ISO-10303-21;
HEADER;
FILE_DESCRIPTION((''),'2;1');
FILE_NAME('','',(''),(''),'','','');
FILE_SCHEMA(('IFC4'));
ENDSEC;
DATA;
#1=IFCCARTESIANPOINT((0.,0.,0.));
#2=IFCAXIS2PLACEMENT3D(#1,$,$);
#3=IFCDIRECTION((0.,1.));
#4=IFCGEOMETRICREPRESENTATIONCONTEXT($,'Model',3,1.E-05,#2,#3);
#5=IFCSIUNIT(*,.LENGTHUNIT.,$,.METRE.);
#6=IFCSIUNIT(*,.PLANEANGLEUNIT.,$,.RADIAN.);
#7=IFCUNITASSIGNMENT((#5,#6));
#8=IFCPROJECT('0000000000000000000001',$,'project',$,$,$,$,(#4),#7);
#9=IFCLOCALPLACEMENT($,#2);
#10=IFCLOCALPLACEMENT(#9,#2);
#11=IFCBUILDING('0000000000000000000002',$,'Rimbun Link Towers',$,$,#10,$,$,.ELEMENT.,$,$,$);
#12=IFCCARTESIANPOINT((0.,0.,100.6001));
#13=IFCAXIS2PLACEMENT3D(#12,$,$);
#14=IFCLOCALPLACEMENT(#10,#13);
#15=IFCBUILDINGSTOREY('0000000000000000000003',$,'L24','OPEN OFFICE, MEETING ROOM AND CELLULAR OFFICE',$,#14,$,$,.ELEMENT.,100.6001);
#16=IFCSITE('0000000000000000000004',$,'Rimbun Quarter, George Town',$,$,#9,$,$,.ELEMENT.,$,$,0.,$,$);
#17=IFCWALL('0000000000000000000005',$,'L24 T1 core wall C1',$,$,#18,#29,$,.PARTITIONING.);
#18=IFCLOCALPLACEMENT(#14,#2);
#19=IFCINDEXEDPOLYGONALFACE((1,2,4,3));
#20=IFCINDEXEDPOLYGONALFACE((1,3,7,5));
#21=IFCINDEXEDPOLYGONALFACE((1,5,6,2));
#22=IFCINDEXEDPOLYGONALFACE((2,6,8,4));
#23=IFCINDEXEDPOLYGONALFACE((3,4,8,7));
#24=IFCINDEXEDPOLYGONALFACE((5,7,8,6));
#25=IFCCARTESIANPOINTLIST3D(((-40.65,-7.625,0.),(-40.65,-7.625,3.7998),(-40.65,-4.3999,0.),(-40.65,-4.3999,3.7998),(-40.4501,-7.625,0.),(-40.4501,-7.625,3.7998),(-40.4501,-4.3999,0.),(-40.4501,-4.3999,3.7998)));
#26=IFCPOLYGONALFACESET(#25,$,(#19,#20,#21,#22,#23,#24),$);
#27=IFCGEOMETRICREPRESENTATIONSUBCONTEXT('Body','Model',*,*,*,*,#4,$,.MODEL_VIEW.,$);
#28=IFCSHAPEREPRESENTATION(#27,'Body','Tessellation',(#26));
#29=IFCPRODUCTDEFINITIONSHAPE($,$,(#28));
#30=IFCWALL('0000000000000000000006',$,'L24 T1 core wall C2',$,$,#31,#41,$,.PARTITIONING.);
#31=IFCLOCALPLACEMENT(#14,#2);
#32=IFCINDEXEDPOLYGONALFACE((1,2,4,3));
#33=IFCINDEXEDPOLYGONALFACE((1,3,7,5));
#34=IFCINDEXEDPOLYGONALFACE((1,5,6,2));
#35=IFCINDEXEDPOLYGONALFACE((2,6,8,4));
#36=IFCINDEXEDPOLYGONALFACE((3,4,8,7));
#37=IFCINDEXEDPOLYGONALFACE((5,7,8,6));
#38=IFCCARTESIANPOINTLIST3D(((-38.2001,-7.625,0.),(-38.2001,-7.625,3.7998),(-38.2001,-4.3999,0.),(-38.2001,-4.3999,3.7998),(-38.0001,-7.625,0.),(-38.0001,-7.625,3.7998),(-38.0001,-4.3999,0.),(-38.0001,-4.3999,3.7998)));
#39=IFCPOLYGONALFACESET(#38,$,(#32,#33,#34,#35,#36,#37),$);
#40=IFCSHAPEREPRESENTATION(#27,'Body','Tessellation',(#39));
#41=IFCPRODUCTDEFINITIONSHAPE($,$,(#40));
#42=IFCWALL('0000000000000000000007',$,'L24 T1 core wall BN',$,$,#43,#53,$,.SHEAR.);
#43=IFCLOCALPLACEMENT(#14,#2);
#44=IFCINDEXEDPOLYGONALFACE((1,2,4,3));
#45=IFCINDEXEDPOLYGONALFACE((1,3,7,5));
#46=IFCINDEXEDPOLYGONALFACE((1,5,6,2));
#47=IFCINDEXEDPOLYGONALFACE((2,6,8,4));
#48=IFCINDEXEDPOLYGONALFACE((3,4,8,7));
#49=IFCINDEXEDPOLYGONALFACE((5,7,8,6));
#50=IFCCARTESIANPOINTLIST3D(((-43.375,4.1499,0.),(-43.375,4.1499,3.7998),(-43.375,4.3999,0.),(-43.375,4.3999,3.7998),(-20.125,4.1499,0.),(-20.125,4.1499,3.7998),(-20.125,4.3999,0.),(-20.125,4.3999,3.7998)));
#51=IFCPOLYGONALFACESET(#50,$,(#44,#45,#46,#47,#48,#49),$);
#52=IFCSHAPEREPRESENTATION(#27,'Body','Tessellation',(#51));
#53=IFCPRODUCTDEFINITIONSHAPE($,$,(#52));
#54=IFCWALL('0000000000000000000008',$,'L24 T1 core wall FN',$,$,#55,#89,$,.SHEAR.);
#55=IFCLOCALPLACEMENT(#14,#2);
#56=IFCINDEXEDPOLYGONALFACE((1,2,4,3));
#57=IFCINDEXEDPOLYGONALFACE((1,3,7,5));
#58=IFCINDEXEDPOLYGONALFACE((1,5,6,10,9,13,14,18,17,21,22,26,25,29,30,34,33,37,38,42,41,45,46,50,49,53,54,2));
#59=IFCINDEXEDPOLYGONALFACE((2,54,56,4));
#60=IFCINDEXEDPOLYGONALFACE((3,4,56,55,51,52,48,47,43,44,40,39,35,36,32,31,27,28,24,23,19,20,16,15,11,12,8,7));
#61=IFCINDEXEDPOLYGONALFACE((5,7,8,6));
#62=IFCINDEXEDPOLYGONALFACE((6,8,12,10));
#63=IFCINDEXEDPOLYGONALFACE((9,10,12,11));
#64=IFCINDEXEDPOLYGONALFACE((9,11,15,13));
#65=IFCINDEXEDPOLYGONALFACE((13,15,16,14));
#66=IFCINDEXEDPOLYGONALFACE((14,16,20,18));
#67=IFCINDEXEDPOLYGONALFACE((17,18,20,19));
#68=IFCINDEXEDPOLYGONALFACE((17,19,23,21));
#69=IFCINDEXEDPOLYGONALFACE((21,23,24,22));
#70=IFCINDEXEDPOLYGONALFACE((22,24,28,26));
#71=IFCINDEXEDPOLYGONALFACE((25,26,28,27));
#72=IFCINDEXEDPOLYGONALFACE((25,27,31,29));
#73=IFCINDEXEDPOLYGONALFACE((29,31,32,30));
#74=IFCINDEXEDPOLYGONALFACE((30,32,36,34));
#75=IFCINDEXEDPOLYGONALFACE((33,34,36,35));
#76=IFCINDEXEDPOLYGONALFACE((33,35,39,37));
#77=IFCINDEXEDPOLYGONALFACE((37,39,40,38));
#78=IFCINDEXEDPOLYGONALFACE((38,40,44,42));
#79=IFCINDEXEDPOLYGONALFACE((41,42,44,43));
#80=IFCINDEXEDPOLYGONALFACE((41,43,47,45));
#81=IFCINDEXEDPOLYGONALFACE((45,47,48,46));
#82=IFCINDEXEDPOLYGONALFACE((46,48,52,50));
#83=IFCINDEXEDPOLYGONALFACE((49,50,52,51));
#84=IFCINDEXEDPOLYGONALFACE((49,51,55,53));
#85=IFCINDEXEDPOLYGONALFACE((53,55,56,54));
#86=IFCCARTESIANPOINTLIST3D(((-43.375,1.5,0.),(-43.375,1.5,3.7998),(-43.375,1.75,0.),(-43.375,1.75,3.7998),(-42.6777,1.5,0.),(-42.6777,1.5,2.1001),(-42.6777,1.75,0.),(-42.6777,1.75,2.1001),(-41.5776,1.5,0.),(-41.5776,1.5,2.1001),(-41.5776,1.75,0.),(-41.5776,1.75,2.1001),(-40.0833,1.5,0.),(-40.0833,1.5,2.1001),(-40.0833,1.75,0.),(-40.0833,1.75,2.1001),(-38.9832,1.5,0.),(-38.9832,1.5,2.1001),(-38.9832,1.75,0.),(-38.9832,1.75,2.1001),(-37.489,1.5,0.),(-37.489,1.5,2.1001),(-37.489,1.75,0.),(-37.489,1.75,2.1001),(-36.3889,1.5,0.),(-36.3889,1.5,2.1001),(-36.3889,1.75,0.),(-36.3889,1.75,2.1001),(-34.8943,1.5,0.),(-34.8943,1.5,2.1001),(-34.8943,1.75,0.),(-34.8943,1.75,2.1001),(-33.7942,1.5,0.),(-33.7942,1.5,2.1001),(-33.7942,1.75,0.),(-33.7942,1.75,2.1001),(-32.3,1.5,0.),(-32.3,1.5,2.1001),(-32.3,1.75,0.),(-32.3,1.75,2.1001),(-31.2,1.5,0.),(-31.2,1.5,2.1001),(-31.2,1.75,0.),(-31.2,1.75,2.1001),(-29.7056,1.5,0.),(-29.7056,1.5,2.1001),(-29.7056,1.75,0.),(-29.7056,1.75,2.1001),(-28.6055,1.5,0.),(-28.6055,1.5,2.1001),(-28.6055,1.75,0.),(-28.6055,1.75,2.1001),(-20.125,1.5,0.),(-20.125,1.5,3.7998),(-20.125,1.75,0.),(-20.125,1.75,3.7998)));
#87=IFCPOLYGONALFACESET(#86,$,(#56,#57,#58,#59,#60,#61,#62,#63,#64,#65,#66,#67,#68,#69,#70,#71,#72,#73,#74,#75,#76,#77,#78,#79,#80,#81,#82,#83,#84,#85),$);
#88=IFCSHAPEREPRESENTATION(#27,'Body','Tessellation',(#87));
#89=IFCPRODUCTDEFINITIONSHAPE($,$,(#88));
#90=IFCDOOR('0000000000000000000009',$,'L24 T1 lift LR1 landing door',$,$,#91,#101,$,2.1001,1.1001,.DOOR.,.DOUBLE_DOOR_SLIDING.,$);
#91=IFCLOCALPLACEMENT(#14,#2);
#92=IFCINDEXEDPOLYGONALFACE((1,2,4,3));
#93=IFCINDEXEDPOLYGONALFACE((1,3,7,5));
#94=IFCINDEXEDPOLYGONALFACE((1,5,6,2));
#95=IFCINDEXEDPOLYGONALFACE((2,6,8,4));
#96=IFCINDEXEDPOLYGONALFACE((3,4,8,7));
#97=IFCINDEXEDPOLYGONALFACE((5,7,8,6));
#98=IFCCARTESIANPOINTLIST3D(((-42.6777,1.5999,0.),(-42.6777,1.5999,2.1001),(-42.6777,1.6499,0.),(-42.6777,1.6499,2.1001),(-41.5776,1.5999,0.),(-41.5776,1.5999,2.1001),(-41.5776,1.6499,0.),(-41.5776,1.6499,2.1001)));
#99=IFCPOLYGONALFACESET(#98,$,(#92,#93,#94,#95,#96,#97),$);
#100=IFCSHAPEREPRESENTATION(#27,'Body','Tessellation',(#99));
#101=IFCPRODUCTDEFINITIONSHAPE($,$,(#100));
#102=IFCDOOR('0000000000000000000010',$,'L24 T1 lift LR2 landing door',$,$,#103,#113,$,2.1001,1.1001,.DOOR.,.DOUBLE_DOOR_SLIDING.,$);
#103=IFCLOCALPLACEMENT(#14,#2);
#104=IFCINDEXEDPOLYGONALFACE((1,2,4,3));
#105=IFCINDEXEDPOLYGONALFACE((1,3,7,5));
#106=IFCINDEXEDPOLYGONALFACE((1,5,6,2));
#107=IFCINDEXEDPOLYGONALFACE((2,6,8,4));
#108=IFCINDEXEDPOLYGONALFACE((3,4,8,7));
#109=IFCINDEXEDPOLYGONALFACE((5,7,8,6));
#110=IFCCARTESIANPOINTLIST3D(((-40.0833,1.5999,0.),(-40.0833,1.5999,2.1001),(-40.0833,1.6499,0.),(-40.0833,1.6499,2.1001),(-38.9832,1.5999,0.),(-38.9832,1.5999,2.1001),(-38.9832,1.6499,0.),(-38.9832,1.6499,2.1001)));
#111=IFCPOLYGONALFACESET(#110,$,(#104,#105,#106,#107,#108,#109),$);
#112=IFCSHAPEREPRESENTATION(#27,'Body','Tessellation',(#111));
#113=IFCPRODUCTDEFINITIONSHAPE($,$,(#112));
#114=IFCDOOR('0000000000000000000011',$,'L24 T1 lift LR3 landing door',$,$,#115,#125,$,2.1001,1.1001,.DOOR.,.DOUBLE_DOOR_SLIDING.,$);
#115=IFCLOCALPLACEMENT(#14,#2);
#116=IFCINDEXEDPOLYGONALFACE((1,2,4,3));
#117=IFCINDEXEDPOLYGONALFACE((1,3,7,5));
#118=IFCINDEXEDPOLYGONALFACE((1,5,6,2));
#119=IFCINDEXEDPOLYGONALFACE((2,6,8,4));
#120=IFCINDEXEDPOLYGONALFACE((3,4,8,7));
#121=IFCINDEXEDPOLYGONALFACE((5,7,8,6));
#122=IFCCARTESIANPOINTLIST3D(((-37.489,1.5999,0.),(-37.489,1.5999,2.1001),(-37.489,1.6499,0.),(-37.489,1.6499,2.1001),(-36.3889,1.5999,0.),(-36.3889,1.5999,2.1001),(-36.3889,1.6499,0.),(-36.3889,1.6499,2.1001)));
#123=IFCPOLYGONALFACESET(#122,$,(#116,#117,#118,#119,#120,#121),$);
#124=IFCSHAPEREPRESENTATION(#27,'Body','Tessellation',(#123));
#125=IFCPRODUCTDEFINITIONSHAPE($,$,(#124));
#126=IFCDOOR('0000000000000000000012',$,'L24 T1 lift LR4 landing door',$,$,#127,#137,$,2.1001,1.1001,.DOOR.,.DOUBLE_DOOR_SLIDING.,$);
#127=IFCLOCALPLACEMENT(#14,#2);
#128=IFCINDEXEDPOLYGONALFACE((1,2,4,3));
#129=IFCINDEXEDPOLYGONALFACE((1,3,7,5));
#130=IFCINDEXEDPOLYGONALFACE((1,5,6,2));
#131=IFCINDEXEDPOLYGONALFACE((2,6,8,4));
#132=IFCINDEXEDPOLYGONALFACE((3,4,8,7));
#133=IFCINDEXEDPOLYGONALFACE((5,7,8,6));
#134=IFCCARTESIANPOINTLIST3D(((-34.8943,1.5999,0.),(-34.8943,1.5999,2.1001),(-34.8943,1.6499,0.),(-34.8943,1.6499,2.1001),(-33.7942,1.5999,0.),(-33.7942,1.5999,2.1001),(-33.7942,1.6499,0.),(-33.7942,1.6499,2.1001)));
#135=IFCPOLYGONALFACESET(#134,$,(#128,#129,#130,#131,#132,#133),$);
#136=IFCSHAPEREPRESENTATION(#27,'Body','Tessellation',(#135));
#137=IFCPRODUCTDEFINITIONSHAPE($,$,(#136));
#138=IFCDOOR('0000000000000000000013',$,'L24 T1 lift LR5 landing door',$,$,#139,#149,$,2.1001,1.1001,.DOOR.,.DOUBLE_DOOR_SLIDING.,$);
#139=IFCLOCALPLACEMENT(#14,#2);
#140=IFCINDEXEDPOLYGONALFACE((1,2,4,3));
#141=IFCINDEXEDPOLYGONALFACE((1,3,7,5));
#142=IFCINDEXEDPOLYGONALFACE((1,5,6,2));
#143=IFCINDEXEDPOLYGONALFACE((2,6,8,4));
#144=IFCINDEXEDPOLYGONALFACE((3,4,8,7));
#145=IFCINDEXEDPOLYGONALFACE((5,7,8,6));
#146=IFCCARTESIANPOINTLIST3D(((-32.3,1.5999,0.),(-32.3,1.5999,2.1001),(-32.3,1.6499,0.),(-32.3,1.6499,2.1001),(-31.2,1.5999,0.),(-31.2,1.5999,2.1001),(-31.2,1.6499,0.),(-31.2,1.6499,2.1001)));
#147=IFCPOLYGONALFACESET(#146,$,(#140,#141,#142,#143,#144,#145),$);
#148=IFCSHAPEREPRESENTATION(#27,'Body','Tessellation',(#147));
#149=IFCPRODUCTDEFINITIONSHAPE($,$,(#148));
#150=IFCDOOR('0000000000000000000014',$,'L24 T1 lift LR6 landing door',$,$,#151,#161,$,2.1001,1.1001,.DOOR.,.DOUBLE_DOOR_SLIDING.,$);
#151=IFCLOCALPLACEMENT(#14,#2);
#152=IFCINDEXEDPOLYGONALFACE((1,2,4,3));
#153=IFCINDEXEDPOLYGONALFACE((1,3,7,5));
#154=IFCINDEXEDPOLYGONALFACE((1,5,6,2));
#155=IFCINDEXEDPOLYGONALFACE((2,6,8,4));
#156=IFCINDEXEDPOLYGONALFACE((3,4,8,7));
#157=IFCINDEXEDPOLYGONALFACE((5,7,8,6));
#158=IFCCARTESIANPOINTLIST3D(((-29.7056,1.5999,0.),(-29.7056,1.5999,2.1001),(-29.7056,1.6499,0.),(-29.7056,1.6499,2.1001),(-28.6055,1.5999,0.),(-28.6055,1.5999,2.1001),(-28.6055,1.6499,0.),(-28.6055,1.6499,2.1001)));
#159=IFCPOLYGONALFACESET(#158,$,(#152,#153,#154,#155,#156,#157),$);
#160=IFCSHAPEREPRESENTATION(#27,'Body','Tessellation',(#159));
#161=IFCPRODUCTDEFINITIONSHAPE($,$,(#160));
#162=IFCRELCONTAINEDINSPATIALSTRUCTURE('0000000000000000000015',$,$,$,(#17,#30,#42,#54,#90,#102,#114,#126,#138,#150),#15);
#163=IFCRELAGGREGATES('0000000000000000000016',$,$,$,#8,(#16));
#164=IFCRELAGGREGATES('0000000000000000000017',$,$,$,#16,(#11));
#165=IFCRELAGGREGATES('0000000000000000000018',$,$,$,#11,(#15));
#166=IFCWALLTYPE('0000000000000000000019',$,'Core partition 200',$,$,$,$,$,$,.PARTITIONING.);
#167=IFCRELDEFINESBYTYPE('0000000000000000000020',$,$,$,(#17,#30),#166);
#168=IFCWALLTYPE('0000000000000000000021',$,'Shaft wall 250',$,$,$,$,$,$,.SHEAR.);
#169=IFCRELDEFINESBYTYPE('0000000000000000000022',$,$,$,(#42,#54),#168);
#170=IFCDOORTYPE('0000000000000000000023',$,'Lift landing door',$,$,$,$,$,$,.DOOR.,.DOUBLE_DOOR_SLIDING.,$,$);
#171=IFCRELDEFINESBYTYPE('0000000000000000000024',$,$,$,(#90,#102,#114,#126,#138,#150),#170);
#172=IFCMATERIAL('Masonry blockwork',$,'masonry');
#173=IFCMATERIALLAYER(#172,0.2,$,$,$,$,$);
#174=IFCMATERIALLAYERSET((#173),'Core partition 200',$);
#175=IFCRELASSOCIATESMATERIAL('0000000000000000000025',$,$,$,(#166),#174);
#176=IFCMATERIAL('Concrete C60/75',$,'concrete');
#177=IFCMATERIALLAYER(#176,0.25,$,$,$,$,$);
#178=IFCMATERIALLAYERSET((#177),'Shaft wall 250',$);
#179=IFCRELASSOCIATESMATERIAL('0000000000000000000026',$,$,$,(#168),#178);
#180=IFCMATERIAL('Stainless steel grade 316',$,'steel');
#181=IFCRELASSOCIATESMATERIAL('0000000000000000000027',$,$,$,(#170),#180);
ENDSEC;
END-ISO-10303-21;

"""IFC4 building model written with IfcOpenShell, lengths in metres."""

from ifc_helpers import new_model, si_unit, direction, frame, frame_2d, origin, place, context, subcontext, project, spatial, rectangle, extrude, material, layer, layer_set, type_object, element, fill, save


model = new_model("IFC4")

# Units and contexts
model_context = context("Model", 3, precision=1e-05, world=origin(), true_north=direction((0.0, 1.0)))
body_context = subcontext(model_context, "Body", "Model", "MODEL_VIEW")
ifc_project = project(units=[si_unit("LENGTHUNIT", "METRE"), si_unit("PLANEANGLEUNIT", "RADIAN")], contexts=[model_context])

# Site, building, storey
site_placement = place(None, origin())
site = spatial("IfcSite", under=ifc_project, at=site_placement, Name="Rimbun Quarter, George Town", CompositionType="ELEMENT", RefElevation=0.0)
building_placement = place(site_placement, origin())
building = spatial("IfcBuilding", under=site, at=building_placement, Name="Rimbun Link Towers", CompositionType="ELEMENT")
storey_placement = place(building_placement, frame((0.0, 0.0, 100.6001)))
storey = spatial("IfcBuildingStorey", under=building, at=storey_placement, Name="L24", Description="OPEN OFFICE, MEETING ROOM AND CELLULAR OFFICE", CompositionType="ELEMENT", Elevation=100.6001)

# Walls
ifc_material_1 = material(Name="Masonry blockwork", Category="masonry")
ifc_layer_1 = layer(ifc_material_1, 0.2)
ifc_layer_set_1 = layer_set([ifc_layer_1], Name="Core partition 200")
wall_type_1 = type_object("IfcWallType", Name="Core partition 200", PredefinedType="PARTITIONING", material=ifc_layer_set_1)
for number, where, z_axis, x_axis, name in (
    (1, (-40.55, -4.3999, 0.0), (0.0, 0.0, 1.0), (0.0, -1.0, 0.0), "L24 T1 core wall C1"),
    (2, (-38.1001, -4.3999, 0.0), (0.0, 0.0, 1.0), (0.0, -1.0, 0.0), "L24 T1 core wall C2"),
):
    element("IfcWall", number, at=place(storey_placement, frame(where, z_axis=z_axis, x_axis=x_axis)), inside=storey, type_object=wall_type_1, Name=name, PredefinedType="PARTITIONING", context=body_context, shape_type="SweptSolid", body=[
        extrude(rectangle(XDim=3.2251, YDim=0.2, at=frame_2d((1.6125, 0.0))), origin(), (0.0, 0.0, 1.0), 3.7998),
    ])
ifc_material_2 = material(Name="Concrete C60/75", Category="concrete")
ifc_layer_2 = layer(ifc_material_2, 0.25)
ifc_layer_set_2 = layer_set([ifc_layer_2], Name="Shaft wall 250")
wall_type_2 = type_object("IfcWallType", Name="Shaft wall 250", PredefinedType="SHEAR", material=ifc_layer_set_2)
wall_1_placement = place(storey_placement, frame((-43.375, 4.2749, 0.0), z_axis=(0.0, 0.0, 1.0), x_axis=(1.0, 0.0, 0.0)))
element("IfcWall", 3, at=wall_1_placement, inside=storey, type_object=wall_type_2, Name="L24 T1 core wall BN", PredefinedType="SHEAR", context=body_context, shape_type="SweptSolid", body=[
    extrude(rectangle(XDim=23.25, YDim=0.25, at=frame_2d((11.625, 0.0))), origin(), (0.0, 0.0, 1.0), 3.7998),
])

# Wall, openings, doors
wall_2_placement = place(storey_placement, frame((-43.375, 1.625, 0.0), z_axis=(0.0, 0.0, 1.0), x_axis=(1.0, 0.0, 0.0)))
wall_2 = element("IfcWall", 4, at=wall_2_placement, inside=storey, type_object=wall_type_2, Name="L24 T1 core wall FN", PredefinedType="SHEAR", context=body_context, shape_type="SweptSolid", body=[
    extrude(rectangle(XDim=23.25, YDim=0.25, at=frame_2d((11.625, 0.0))), origin(), (0.0, 0.0, 1.0), 3.7998),
])
opening_1_placement = place(wall_2_placement, frame((0.6973, 0.0, 0.0)))
opening_1 = element("IfcOpeningElement", 5, at=opening_1_placement, cuts=wall_2, PredefinedType="OPENING", context=body_context, shape_type="SweptSolid", body=[
    extrude(rectangle(XDim=1.1001, YDim=2.1001, at=frame_2d((0.55, 1.05))), frame((0.0, 0.135, 0.0), z_axis=(0.0, -1.0, 0.0), x_axis=(1.0, 0.0, 0.0)), (0.0, 0.0, 1.0), 0.27),
])
opening_2_placement = place(wall_2_placement, frame((3.2917, 0.0, 0.0)))
opening_2 = element("IfcOpeningElement", 6, at=opening_2_placement, cuts=wall_2, PredefinedType="OPENING", context=body_context, shape_type="SweptSolid", body=[
    extrude(rectangle(XDim=1.1001, YDim=2.1001, at=frame_2d((0.55, 1.05))), frame((0.0, 0.135, 0.0), z_axis=(0.0, -1.0, 0.0), x_axis=(1.0, 0.0, 0.0)), (0.0, 0.0, 1.0), 0.27),
])
opening_3_placement = place(wall_2_placement, frame((5.886, 0.0, 0.0)))
opening_3 = element("IfcOpeningElement", 7, at=opening_3_placement, cuts=wall_2, PredefinedType="OPENING", context=body_context, shape_type="SweptSolid", body=[
    extrude(rectangle(XDim=1.1001, YDim=2.1001, at=frame_2d((0.55, 1.05))), frame((0.0, 0.135, 0.0), z_axis=(0.0, -1.0, 0.0), x_axis=(1.0, 0.0, 0.0)), (0.0, 0.0, 1.0), 0.27),
])
opening_4_placement = place(wall_2_placement, frame((8.4807, 0.0, 0.0)))
opening_4 = element("IfcOpeningElement", 8, at=opening_4_placement, cuts=wall_2, PredefinedType="OPENING", context=body_context, shape_type="SweptSolid", body=[
    extrude(rectangle(XDim=1.1001, YDim=2.1001, at=frame_2d((0.55, 1.05))), frame((0.0, 0.135, 0.0), z_axis=(0.0, -1.0, 0.0), x_axis=(1.0, 0.0, 0.0)), (0.0, 0.0, 1.0), 0.27),
])
opening_5_placement = place(wall_2_placement, frame((11.075, 0.0, 0.0)))
opening_5 = element("IfcOpeningElement", 9, at=opening_5_placement, cuts=wall_2, PredefinedType="OPENING", context=body_context, shape_type="SweptSolid", body=[
    extrude(rectangle(XDim=1.1001, YDim=2.1001, at=frame_2d((0.55, 1.05))), frame((0.0, 0.135, 0.0), z_axis=(0.0, -1.0, 0.0), x_axis=(1.0, 0.0, 0.0)), (0.0, 0.0, 1.0), 0.27),
])
opening_6_placement = place(wall_2_placement, frame((13.6694, 0.0, 0.0)))
opening_6 = element("IfcOpeningElement", 10, at=opening_6_placement, cuts=wall_2, PredefinedType="OPENING", context=body_context, shape_type="SweptSolid", body=[
    extrude(rectangle(XDim=1.1001, YDim=2.1001, at=frame_2d((0.55, 1.05))), frame((0.0, 0.135, 0.0), z_axis=(0.0, -1.0, 0.0), x_axis=(1.0, 0.0, 0.0)), (0.0, 0.0, 1.0), 0.27),
])
ifc_material_3 = material(Name="Stainless steel grade 316", Category="steel")
door_type = type_object("IfcDoorType", Name="Lift landing door", OperationType="DOUBLE_DOOR_SLIDING", PredefinedType="DOOR", material=ifc_material_3)
door_1_placement = place(opening_1_placement, origin())
door_1 = element("IfcDoor", 11, at=door_1_placement, inside=storey, type_object=door_type, Name="L24 T1 lift LR1 landing door", OperationType="DOUBLE_DOOR_SLIDING", OverallHeight=2.1001, OverallWidth=1.1001, PredefinedType="DOOR", context=body_context, shape_type="SweptSolid", body=[
    extrude(rectangle(XDim=1.1001, YDim=2.1001, at=frame_2d((0.55, 1.05))), frame((0.0, 0.0249, 0.0), z_axis=(0.0, -1.0, 0.0), x_axis=(1.0, 0.0, 0.0)), (0.0, 0.0, 1.0), 0.05),
])
fill(opening_1, door_1)
door_2_placement = place(opening_2_placement, origin())
door_2 = element("IfcDoor", 12, at=door_2_placement, inside=storey, type_object=door_type, Name="L24 T1 lift LR2 landing door", OperationType="DOUBLE_DOOR_SLIDING", OverallHeight=2.1001, OverallWidth=1.1001, PredefinedType="DOOR", context=body_context, shape_type="SweptSolid", body=[
    extrude(rectangle(XDim=1.1001, YDim=2.1001, at=frame_2d((0.55, 1.05))), frame((0.0, 0.0249, 0.0), z_axis=(0.0, -1.0, 0.0), x_axis=(1.0, 0.0, 0.0)), (0.0, 0.0, 1.0), 0.05),
])
fill(opening_2, door_2)
door_3_placement = place(opening_3_placement, origin())
door_3 = element("IfcDoor", 13, at=door_3_placement, inside=storey, type_object=door_type, Name="L24 T1 lift LR3 landing door", OperationType="DOUBLE_DOOR_SLIDING", OverallHeight=2.1001, OverallWidth=1.1001, PredefinedType="DOOR", context=body_context, shape_type="SweptSolid", body=[
    extrude(rectangle(XDim=1.1001, YDim=2.1001, at=frame_2d((0.55, 1.05))), frame((0.0, 0.0249, 0.0), z_axis=(0.0, -1.0, 0.0), x_axis=(1.0, 0.0, 0.0)), (0.0, 0.0, 1.0), 0.05),
])
fill(opening_3, door_3)
door_4_placement = place(opening_4_placement, origin())
door_4 = element("IfcDoor", 14, at=door_4_placement, inside=storey, type_object=door_type, Name="L24 T1 lift LR4 landing door", OperationType="DOUBLE_DOOR_SLIDING", OverallHeight=2.1001, OverallWidth=1.1001, PredefinedType="DOOR", context=body_context, shape_type="SweptSolid", body=[
    extrude(rectangle(XDim=1.1001, YDim=2.1001, at=frame_2d((0.55, 1.05))), frame((0.0, 0.0249, 0.0), z_axis=(0.0, -1.0, 0.0), x_axis=(1.0, 0.0, 0.0)), (0.0, 0.0, 1.0), 0.05),
])
fill(opening_4, door_4)
door_5_placement = place(opening_5_placement, origin())
door_5 = element("IfcDoor", 15, at=door_5_placement, inside=storey, type_object=door_type, Name="L24 T1 lift LR5 landing door", OperationType="DOUBLE_DOOR_SLIDING", OverallHeight=2.1001, OverallWidth=1.1001, PredefinedType="DOOR", context=body_context, shape_type="SweptSolid", body=[
    extrude(rectangle(XDim=1.1001, YDim=2.1001, at=frame_2d((0.55, 1.05))), frame((0.0, 0.0249, 0.0), z_axis=(0.0, -1.0, 0.0), x_axis=(1.0, 0.0, 0.0)), (0.0, 0.0, 1.0), 0.05),
])
fill(opening_5, door_5)
door_6_placement = place(opening_6_placement, origin())
door_6 = element("IfcDoor", 16, at=door_6_placement, inside=storey, type_object=door_type, Name="L24 T1 lift LR6 landing door", OperationType="DOUBLE_DOOR_SLIDING", OverallHeight=2.1001, OverallWidth=1.1001, PredefinedType="DOOR", context=body_context, shape_type="SweptSolid", body=[
    extrude(rectangle(XDim=1.1001, YDim=2.1001, at=frame_2d((0.55, 1.05))), frame((0.0, 0.0249, 0.0), z_axis=(0.0, -1.0, 0.0), x_axis=(1.0, 0.0, 0.0)), (0.0, 0.0, 1.0), 0.05),
])
fill(opening_6, door_6)

save(model, "model.ifc")
